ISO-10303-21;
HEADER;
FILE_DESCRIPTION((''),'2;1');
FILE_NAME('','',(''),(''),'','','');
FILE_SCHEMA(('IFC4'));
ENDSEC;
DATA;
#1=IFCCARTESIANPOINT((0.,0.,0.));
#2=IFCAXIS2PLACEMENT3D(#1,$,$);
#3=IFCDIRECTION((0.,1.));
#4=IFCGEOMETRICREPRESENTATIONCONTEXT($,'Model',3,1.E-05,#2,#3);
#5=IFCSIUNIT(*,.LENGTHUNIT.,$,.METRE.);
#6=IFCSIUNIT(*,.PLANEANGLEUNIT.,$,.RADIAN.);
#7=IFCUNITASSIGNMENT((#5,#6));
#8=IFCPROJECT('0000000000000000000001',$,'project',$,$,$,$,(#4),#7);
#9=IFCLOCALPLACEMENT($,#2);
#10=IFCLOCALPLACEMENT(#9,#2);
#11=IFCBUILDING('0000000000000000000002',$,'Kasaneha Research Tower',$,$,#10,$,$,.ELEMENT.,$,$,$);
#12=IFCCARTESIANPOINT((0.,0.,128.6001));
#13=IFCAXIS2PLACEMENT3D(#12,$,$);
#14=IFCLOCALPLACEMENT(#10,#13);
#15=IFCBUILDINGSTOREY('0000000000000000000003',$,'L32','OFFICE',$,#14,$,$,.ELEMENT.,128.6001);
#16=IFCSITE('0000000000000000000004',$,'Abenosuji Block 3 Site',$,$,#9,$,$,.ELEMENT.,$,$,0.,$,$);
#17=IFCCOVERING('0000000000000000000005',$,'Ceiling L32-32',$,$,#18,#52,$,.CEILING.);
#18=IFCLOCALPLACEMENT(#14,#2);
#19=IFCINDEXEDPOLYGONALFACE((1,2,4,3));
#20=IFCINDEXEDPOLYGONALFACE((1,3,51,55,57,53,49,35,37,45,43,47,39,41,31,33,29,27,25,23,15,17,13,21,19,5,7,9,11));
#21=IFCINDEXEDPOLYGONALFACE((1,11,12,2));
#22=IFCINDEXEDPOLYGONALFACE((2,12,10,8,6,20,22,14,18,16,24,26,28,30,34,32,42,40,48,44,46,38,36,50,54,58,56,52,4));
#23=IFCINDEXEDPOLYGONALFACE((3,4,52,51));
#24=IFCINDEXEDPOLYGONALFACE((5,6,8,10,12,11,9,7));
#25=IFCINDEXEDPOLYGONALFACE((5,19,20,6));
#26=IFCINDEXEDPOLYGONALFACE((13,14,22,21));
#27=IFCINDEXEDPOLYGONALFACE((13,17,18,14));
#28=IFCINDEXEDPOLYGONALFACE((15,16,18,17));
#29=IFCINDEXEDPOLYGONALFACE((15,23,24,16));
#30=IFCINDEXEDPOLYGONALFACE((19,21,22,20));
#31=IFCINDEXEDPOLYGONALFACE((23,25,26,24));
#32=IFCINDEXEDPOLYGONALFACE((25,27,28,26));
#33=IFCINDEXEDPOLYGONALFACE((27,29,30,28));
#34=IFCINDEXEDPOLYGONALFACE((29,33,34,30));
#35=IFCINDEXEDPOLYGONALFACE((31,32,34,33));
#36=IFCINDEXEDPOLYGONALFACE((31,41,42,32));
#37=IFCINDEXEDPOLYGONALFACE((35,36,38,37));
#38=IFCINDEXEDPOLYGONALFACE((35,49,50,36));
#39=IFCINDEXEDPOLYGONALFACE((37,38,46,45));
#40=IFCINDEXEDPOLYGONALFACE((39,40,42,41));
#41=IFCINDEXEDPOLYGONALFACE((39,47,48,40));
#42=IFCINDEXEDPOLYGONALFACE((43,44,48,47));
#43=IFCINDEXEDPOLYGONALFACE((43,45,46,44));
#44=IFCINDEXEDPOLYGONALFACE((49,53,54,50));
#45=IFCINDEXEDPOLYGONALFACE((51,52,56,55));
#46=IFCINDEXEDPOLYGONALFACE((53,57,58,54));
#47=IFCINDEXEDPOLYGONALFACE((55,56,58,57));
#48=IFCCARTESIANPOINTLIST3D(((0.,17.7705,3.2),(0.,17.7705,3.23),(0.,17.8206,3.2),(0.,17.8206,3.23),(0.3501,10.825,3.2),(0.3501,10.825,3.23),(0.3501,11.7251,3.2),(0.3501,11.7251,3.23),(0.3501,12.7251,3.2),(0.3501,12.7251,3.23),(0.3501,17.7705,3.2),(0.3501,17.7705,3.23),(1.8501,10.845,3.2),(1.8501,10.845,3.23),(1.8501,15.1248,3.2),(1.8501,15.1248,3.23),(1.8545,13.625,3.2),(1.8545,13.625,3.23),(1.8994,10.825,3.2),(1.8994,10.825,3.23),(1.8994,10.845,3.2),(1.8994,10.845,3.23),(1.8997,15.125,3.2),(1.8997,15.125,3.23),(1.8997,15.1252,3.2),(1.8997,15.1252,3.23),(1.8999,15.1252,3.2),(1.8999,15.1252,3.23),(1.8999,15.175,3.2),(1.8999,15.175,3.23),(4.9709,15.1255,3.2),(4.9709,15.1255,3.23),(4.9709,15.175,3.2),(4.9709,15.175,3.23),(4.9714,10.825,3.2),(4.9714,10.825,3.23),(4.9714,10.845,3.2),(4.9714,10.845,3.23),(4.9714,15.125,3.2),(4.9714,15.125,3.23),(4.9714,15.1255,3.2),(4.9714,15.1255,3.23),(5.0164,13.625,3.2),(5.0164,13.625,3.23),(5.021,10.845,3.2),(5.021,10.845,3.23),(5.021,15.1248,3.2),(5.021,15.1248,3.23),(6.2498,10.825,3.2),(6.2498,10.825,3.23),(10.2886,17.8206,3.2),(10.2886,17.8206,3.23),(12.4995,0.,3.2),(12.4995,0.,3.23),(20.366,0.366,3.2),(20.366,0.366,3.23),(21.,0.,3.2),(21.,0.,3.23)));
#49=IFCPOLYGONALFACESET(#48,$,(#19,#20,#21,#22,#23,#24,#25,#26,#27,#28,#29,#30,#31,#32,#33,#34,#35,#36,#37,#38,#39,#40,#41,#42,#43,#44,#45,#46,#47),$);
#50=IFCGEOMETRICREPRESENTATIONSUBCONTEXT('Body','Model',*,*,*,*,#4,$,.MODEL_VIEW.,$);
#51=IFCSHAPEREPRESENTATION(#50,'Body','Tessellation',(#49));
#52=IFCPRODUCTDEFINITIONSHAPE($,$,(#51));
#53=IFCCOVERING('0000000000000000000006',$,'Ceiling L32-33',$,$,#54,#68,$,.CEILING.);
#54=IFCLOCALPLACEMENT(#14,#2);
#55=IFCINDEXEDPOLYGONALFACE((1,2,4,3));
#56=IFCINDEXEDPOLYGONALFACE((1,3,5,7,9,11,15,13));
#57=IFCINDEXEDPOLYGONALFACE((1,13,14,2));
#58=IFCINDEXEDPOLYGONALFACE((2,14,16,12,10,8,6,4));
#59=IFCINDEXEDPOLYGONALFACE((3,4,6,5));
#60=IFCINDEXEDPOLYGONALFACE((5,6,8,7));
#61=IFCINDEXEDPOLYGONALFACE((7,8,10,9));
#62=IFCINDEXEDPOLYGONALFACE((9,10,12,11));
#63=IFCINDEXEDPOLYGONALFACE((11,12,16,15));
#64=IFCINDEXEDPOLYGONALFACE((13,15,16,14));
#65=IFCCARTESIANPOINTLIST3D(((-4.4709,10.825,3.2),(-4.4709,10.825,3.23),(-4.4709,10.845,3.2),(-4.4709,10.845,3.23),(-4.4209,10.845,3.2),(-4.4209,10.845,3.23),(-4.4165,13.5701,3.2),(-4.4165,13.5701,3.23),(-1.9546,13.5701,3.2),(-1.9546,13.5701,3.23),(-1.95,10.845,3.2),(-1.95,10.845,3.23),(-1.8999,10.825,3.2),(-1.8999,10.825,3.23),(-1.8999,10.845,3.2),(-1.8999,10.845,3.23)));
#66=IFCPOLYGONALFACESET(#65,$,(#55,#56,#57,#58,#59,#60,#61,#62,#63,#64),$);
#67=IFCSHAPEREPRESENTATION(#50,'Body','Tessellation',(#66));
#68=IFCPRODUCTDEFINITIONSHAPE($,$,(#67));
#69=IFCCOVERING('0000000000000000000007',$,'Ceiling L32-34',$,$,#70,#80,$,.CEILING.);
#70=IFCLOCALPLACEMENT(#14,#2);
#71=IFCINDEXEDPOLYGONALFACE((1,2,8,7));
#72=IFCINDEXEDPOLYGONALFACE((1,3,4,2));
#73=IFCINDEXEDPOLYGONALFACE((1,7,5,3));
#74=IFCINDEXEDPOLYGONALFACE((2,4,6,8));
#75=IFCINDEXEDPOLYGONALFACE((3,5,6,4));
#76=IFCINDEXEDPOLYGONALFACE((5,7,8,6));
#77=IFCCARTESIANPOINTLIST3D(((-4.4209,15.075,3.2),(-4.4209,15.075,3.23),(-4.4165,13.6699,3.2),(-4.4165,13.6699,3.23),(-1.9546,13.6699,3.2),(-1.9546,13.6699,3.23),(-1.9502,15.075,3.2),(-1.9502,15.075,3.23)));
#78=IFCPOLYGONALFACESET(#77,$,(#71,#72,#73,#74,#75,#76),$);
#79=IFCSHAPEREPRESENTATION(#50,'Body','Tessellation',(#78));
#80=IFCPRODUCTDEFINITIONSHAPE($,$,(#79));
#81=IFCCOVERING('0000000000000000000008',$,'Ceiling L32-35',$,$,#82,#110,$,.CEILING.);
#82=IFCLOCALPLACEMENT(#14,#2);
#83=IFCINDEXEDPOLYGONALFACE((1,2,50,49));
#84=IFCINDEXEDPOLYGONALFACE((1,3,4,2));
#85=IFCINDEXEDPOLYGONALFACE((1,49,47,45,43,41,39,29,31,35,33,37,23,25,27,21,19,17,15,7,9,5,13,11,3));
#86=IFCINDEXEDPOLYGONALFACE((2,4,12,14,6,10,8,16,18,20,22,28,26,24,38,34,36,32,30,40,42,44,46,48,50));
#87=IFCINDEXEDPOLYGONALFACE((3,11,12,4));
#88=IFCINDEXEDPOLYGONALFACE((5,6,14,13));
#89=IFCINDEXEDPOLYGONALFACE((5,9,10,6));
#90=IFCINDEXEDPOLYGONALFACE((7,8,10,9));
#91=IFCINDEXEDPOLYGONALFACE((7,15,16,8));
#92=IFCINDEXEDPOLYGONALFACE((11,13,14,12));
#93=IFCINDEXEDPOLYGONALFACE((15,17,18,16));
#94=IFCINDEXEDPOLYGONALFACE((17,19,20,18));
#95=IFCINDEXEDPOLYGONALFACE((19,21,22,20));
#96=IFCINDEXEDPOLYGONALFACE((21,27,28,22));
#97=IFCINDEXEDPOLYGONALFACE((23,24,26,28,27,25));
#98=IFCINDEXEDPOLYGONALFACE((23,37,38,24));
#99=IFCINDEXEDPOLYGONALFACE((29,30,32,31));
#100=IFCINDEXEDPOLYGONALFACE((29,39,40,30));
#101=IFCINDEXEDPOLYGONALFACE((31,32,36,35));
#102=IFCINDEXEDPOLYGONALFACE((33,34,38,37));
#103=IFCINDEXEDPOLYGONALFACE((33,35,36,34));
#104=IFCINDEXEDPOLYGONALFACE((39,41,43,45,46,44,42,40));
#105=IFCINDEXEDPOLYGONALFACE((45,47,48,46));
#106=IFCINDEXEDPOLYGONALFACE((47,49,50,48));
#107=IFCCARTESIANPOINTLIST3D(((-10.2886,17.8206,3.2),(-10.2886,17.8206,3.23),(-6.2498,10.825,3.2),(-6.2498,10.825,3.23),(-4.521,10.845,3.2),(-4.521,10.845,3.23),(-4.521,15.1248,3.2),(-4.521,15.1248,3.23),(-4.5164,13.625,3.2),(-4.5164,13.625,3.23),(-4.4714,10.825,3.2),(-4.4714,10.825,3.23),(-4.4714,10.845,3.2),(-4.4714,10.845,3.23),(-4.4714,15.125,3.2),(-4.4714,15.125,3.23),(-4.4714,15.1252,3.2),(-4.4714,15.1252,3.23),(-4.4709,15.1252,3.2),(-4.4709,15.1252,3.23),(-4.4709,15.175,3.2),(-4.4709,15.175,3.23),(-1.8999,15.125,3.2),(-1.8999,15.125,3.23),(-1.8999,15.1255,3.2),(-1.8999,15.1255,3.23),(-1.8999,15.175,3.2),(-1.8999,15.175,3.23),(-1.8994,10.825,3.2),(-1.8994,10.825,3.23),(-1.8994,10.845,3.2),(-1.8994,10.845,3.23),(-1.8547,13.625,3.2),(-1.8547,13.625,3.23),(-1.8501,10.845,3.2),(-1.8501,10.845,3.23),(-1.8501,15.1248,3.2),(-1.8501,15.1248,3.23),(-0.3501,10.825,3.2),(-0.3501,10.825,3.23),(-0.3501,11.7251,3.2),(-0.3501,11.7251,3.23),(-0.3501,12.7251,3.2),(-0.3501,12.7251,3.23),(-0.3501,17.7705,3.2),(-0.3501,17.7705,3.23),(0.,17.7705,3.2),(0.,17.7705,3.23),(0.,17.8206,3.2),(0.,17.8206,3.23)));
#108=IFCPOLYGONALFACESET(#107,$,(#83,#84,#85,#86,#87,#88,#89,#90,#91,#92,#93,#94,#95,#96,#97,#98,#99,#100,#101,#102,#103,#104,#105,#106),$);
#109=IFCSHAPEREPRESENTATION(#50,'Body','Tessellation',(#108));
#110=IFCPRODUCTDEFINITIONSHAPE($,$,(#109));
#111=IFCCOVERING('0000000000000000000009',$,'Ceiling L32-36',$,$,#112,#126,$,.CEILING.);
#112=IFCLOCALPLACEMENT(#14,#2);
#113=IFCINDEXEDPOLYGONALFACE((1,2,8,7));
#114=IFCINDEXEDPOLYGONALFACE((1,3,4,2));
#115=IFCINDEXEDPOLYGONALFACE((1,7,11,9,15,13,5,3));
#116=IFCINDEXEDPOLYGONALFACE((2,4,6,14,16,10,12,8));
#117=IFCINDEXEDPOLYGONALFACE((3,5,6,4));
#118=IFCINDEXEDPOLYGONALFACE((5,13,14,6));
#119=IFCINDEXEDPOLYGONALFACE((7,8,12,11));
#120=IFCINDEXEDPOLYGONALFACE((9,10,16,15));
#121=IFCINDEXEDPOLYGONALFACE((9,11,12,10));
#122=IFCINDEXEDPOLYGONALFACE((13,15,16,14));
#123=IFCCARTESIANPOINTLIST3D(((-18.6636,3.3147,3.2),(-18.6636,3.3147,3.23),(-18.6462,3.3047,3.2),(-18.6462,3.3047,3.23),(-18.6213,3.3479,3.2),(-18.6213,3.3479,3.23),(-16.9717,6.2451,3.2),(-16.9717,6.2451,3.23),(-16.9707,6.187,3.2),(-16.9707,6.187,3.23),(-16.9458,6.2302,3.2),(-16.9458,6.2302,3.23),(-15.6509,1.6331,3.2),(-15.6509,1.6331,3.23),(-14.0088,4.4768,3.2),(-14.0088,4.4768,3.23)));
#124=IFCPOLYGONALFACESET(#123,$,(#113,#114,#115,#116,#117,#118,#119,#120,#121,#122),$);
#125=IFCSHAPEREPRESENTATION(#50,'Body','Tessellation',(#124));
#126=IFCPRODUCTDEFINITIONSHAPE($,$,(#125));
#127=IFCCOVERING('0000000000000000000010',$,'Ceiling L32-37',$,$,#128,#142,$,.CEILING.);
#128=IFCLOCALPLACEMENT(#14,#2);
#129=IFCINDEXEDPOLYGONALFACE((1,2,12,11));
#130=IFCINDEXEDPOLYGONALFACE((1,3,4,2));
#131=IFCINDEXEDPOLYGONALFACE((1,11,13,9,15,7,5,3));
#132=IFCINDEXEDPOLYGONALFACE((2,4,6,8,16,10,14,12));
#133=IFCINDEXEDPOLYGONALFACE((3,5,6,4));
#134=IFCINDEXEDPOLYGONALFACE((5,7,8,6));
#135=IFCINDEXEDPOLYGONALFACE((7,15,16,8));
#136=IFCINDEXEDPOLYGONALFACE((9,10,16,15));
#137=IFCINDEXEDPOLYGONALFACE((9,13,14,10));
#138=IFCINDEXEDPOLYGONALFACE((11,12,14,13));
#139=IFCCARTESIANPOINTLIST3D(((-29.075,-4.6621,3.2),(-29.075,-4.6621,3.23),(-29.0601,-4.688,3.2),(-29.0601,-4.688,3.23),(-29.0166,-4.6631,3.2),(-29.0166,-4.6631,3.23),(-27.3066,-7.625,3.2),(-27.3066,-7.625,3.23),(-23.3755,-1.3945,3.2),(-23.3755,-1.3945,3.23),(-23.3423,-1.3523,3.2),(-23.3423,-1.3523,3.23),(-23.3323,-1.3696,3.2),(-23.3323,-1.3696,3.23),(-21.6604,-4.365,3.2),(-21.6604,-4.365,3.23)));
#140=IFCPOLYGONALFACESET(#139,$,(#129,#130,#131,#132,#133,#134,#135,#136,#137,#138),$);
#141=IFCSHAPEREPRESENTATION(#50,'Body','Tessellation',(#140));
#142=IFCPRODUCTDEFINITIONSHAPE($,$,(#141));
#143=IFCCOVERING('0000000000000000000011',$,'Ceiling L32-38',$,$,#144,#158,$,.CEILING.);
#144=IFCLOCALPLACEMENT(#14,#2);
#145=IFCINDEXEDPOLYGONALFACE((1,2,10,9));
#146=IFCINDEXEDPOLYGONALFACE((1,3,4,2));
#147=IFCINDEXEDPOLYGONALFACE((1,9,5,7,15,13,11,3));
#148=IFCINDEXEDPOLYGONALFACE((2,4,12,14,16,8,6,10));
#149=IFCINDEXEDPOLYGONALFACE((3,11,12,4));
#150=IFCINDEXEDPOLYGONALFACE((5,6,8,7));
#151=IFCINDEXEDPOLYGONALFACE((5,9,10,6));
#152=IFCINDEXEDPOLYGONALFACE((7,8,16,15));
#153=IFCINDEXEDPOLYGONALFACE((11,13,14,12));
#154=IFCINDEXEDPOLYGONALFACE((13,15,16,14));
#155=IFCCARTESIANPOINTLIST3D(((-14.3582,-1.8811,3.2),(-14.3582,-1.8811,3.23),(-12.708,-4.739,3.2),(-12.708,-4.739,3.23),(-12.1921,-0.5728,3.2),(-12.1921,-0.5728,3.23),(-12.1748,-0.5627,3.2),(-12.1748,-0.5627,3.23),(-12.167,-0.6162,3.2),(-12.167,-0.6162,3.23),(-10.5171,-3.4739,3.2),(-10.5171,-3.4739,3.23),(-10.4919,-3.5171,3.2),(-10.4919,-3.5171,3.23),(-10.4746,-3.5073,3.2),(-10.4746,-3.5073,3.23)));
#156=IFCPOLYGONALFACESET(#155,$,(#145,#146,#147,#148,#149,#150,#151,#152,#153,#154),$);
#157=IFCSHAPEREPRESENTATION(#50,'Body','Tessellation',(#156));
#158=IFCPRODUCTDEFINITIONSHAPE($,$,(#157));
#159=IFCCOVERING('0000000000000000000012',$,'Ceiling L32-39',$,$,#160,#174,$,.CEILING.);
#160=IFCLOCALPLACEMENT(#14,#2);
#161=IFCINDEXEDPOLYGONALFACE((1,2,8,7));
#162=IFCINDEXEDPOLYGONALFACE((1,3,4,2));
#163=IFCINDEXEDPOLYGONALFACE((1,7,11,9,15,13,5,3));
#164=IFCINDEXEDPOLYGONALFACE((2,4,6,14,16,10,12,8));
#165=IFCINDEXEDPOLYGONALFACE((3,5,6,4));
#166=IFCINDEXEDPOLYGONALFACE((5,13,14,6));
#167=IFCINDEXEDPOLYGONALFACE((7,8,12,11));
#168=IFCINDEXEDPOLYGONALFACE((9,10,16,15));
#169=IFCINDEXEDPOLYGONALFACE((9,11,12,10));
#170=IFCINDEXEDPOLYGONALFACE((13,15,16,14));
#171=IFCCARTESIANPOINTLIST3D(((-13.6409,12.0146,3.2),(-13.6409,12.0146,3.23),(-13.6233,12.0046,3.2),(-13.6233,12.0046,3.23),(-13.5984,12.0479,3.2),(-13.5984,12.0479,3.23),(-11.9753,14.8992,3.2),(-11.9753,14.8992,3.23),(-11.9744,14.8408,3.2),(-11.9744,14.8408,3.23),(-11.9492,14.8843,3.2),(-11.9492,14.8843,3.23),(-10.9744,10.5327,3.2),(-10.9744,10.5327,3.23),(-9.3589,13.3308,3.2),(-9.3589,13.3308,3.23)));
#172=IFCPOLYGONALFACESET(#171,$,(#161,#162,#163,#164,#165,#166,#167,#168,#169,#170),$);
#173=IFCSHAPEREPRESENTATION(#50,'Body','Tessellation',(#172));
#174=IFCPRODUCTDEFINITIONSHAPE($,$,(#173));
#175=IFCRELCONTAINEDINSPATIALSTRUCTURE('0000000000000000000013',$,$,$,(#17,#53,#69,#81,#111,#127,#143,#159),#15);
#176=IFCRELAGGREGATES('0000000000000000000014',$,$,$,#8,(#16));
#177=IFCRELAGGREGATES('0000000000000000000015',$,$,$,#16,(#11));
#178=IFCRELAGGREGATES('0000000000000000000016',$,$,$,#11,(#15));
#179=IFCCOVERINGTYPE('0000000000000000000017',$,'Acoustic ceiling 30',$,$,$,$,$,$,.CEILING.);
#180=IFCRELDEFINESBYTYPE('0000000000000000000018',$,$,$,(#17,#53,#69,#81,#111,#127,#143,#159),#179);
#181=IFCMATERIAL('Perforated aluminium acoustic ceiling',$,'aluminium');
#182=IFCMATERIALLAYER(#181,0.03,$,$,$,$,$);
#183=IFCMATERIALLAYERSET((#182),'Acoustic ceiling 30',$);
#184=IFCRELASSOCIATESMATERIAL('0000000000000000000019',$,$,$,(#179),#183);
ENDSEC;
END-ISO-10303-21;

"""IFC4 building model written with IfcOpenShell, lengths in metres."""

from ifc_helpers import new_model, si_unit, direction, frame, origin, place, context, subcontext, project, spatial, polyline, outline, extrude, material, layer, layer_set, type_object, element, save


model = new_model("IFC4")

# Units and contexts
model_context = context("Model", 3, precision=1e-05, world=origin(), true_north=direction((0.0, 1.0)))
body_context = subcontext(model_context, "Body", "Model", "MODEL_VIEW")
ifc_project = project(units=[si_unit("LENGTHUNIT", "METRE"), si_unit("PLANEANGLEUNIT", "RADIAN")], contexts=[model_context])

# Site, building, storey
site_placement = place(None, origin())
site = spatial("IfcSite", under=ifc_project, at=site_placement, Name="Abenosuji Block 3 Site", CompositionType="ELEMENT", RefElevation=0.0)
building_placement = place(site_placement, origin())
building = spatial("IfcBuilding", under=site, at=building_placement, Name="Kasaneha Research Tower", CompositionType="ELEMENT")
storey_placement = place(building_placement, frame((0.0, 0.0, 128.6001)))
storey = spatial("IfcBuildingStorey", under=building, at=storey_placement, Name="L32", Description="OFFICE", CompositionType="ELEMENT", Elevation=128.6001)

# Coverings
ifc_material_1 = material(Name="Perforated aluminium acoustic ceiling", Category="aluminium")
ifc_layer_1 = layer(ifc_material_1, 0.03)
ifc_layer_set_1 = layer_set([ifc_layer_1], Name="Acoustic ceiling 30")
covering_type_1 = type_object("IfcCoveringType", Name="Acoustic ceiling 30", PredefinedType="CEILING", material=ifc_layer_set_1)
covering_1_placement = place(storey_placement, frame((0.0, 0.0, 3.2)))
element("IfcCovering", 1, at=covering_1_placement, inside=storey, type_object=covering_type_1, Name="Ceiling L32-32", PredefinedType="CEILING", context=body_context, shape_type="SweptSolid", body=[
    extrude(outline(polyline([(6.2498, 10.825), (4.9714, 10.825), (4.9714, 10.845), (5.021, 10.845), (5.0164, 13.625), (5.021, 15.1248), (4.9714, 15.125), (4.9714, 15.1255), (4.9709, 15.1255), (4.9709, 15.175), (1.8999, 15.175), (1.8999, 15.1252), (1.8997, 15.1252), (1.8997, 15.125), (1.8501, 15.1248), (1.8545, 13.625), (1.8501, 10.845), (1.8994, 10.845), (1.8994, 10.825), (0.3501, 10.825), (0.3501, 11.7251), (0.3501, 12.7251), (0.3501, 17.7705), (0.3501, 17.7705), (0.0, 17.7705), (0.0, 17.8206), (10.2886, 17.8206), (20.366, 0.366), (21.0, 0.0), (12.4995, 0.0), (6.2498, 10.825)])), origin(), (0.0, 0.0, 1.0), 0.03),
])
covering_2_placement = place(storey_placement, frame((0.0, 0.0, 3.2)))
element("IfcCovering", 2, at=covering_2_placement, inside=storey, type_object=covering_type_1, Name="Ceiling L32-33", PredefinedType="CEILING", context=body_context, shape_type="SweptSolid", body=[
    extrude(outline(polyline([(-4.4709, 10.825), (-4.4709, 10.845), (-4.4209, 10.845), (-4.4165, 13.5701), (-1.9546, 13.5701), (-1.95, 10.845), (-1.8999, 10.845), (-1.8999, 10.825), (-4.4709, 10.825)])), origin(), (0.0, 0.0, 1.0), 0.03),
])
covering_3_placement = place(storey_placement, frame((0.0, 0.0, 3.2)))
element("IfcCovering", 3, at=covering_3_placement, inside=storey, type_object=covering_type_1, Name="Ceiling L32-34", PredefinedType="CEILING", context=body_context, shape_type="SweptSolid", body=[
    extrude(outline(polyline([(-1.9502, 15.075), (-1.9546, 13.6699), (-4.4165, 13.6699), (-4.4209, 15.075), (-1.9502, 15.075)])), origin(), (0.0, 0.0, 1.0), 0.03),
])
covering_4_placement = place(storey_placement, frame((0.0, 0.0, 3.2)))
element("IfcCovering", 4, at=covering_4_placement, inside=storey, type_object=covering_type_1, Name="Ceiling L32-35", PredefinedType="CEILING", context=body_context, shape_type="SweptSolid", body=[
    extrude(outline(polyline([(-0.3501, 11.7251), (-0.3501, 10.825), (-1.8994, 10.825), (-1.8994, 10.845), (-1.8501, 10.845), (-1.8547, 13.625), (-1.8501, 15.1248), (-1.8999, 15.125), (-1.8999, 15.1255), (-1.8999, 15.175), (-4.4709, 15.175), (-4.4709, 15.1252), (-4.4714, 15.1252), (-4.4714, 15.125), (-4.521, 15.1248), (-4.5164, 13.625), (-4.521, 10.845), (-4.4714, 10.845), (-4.4714, 10.825), (-6.2498, 10.825), (-10.2886, 17.8206), (0.0, 17.8206), (0.0, 17.7705), (-0.3501, 17.7705), (-0.3501, 17.7705), (-0.3501, 12.7251), (-0.3501, 11.7251)])), origin(), (0.0, 0.0, 1.0), 0.03),
])
covering_5_placement = place(storey_placement, frame((0.0, 0.0, 3.2)))
element("IfcCovering", 5, at=covering_5_placement, inside=storey, type_object=covering_type_1, Name="Ceiling L32-36", PredefinedType="CEILING", context=body_context, shape_type="SweptSolid", body=[
    extrude(outline(polyline([(-16.9717, 6.2451), (-16.9458, 6.2302), (-16.9707, 6.187), (-14.0088, 4.4768), (-15.6509, 1.6331), (-18.6213, 3.3479), (-18.6462, 3.3047), (-18.6636, 3.3147), (-16.9717, 6.2451)])), origin(), (0.0, 0.0, 1.0), 0.03),
])
covering_6_placement = place(storey_placement, frame((0.0, 0.0, 3.2)))
element("IfcCovering", 6, at=covering_6_placement, inside=storey, type_object=covering_type_1, Name="Ceiling L32-37", PredefinedType="CEILING", context=body_context, shape_type="SweptSolid", body=[
    extrude(outline(polyline([(-23.3423, -1.3523), (-23.3323, -1.3696), (-23.3755, -1.3945), (-21.6604, -4.365), (-27.3066, -7.625), (-29.0166, -4.6631), (-29.0601, -4.688), (-29.075, -4.6621), (-23.3423, -1.3523)])), origin(), (0.0, 0.0, 1.0), 0.03),
])
covering_7_placement = place(storey_placement, frame((0.0, 0.0, 3.2)))
element("IfcCovering", 7, at=covering_7_placement, inside=storey, type_object=covering_type_1, Name="Ceiling L32-38", PredefinedType="CEILING", context=body_context, shape_type="SweptSolid", body=[
    extrude(outline(polyline([(-10.4746, -3.5073), (-10.4919, -3.5171), (-10.5171, -3.4739), (-12.708, -4.739), (-14.3582, -1.8811), (-12.167, -0.6162), (-12.1921, -0.5728), (-12.1748, -0.5627), (-10.4746, -3.5073)])), origin(), (0.0, 0.0, 1.0), 0.03),
])
covering_8_placement = place(storey_placement, frame((0.0, 0.0, 3.2)))
element("IfcCovering", 8, at=covering_8_placement, inside=storey, type_object=covering_type_1, Name="Ceiling L32-39", PredefinedType="CEILING", context=body_context, shape_type="SweptSolid", body=[
    extrude(outline(polyline([(-11.9753, 14.8992), (-11.9492, 14.8843), (-11.9744, 14.8408), (-9.3589, 13.3308), (-10.9744, 10.5327), (-13.5984, 12.0479), (-13.6233, 12.0046), (-13.6409, 12.0146), (-11.9753, 14.8992)])), origin(), (0.0, 0.0, 1.0), 0.03),
])

save(model, "model.ifc")
